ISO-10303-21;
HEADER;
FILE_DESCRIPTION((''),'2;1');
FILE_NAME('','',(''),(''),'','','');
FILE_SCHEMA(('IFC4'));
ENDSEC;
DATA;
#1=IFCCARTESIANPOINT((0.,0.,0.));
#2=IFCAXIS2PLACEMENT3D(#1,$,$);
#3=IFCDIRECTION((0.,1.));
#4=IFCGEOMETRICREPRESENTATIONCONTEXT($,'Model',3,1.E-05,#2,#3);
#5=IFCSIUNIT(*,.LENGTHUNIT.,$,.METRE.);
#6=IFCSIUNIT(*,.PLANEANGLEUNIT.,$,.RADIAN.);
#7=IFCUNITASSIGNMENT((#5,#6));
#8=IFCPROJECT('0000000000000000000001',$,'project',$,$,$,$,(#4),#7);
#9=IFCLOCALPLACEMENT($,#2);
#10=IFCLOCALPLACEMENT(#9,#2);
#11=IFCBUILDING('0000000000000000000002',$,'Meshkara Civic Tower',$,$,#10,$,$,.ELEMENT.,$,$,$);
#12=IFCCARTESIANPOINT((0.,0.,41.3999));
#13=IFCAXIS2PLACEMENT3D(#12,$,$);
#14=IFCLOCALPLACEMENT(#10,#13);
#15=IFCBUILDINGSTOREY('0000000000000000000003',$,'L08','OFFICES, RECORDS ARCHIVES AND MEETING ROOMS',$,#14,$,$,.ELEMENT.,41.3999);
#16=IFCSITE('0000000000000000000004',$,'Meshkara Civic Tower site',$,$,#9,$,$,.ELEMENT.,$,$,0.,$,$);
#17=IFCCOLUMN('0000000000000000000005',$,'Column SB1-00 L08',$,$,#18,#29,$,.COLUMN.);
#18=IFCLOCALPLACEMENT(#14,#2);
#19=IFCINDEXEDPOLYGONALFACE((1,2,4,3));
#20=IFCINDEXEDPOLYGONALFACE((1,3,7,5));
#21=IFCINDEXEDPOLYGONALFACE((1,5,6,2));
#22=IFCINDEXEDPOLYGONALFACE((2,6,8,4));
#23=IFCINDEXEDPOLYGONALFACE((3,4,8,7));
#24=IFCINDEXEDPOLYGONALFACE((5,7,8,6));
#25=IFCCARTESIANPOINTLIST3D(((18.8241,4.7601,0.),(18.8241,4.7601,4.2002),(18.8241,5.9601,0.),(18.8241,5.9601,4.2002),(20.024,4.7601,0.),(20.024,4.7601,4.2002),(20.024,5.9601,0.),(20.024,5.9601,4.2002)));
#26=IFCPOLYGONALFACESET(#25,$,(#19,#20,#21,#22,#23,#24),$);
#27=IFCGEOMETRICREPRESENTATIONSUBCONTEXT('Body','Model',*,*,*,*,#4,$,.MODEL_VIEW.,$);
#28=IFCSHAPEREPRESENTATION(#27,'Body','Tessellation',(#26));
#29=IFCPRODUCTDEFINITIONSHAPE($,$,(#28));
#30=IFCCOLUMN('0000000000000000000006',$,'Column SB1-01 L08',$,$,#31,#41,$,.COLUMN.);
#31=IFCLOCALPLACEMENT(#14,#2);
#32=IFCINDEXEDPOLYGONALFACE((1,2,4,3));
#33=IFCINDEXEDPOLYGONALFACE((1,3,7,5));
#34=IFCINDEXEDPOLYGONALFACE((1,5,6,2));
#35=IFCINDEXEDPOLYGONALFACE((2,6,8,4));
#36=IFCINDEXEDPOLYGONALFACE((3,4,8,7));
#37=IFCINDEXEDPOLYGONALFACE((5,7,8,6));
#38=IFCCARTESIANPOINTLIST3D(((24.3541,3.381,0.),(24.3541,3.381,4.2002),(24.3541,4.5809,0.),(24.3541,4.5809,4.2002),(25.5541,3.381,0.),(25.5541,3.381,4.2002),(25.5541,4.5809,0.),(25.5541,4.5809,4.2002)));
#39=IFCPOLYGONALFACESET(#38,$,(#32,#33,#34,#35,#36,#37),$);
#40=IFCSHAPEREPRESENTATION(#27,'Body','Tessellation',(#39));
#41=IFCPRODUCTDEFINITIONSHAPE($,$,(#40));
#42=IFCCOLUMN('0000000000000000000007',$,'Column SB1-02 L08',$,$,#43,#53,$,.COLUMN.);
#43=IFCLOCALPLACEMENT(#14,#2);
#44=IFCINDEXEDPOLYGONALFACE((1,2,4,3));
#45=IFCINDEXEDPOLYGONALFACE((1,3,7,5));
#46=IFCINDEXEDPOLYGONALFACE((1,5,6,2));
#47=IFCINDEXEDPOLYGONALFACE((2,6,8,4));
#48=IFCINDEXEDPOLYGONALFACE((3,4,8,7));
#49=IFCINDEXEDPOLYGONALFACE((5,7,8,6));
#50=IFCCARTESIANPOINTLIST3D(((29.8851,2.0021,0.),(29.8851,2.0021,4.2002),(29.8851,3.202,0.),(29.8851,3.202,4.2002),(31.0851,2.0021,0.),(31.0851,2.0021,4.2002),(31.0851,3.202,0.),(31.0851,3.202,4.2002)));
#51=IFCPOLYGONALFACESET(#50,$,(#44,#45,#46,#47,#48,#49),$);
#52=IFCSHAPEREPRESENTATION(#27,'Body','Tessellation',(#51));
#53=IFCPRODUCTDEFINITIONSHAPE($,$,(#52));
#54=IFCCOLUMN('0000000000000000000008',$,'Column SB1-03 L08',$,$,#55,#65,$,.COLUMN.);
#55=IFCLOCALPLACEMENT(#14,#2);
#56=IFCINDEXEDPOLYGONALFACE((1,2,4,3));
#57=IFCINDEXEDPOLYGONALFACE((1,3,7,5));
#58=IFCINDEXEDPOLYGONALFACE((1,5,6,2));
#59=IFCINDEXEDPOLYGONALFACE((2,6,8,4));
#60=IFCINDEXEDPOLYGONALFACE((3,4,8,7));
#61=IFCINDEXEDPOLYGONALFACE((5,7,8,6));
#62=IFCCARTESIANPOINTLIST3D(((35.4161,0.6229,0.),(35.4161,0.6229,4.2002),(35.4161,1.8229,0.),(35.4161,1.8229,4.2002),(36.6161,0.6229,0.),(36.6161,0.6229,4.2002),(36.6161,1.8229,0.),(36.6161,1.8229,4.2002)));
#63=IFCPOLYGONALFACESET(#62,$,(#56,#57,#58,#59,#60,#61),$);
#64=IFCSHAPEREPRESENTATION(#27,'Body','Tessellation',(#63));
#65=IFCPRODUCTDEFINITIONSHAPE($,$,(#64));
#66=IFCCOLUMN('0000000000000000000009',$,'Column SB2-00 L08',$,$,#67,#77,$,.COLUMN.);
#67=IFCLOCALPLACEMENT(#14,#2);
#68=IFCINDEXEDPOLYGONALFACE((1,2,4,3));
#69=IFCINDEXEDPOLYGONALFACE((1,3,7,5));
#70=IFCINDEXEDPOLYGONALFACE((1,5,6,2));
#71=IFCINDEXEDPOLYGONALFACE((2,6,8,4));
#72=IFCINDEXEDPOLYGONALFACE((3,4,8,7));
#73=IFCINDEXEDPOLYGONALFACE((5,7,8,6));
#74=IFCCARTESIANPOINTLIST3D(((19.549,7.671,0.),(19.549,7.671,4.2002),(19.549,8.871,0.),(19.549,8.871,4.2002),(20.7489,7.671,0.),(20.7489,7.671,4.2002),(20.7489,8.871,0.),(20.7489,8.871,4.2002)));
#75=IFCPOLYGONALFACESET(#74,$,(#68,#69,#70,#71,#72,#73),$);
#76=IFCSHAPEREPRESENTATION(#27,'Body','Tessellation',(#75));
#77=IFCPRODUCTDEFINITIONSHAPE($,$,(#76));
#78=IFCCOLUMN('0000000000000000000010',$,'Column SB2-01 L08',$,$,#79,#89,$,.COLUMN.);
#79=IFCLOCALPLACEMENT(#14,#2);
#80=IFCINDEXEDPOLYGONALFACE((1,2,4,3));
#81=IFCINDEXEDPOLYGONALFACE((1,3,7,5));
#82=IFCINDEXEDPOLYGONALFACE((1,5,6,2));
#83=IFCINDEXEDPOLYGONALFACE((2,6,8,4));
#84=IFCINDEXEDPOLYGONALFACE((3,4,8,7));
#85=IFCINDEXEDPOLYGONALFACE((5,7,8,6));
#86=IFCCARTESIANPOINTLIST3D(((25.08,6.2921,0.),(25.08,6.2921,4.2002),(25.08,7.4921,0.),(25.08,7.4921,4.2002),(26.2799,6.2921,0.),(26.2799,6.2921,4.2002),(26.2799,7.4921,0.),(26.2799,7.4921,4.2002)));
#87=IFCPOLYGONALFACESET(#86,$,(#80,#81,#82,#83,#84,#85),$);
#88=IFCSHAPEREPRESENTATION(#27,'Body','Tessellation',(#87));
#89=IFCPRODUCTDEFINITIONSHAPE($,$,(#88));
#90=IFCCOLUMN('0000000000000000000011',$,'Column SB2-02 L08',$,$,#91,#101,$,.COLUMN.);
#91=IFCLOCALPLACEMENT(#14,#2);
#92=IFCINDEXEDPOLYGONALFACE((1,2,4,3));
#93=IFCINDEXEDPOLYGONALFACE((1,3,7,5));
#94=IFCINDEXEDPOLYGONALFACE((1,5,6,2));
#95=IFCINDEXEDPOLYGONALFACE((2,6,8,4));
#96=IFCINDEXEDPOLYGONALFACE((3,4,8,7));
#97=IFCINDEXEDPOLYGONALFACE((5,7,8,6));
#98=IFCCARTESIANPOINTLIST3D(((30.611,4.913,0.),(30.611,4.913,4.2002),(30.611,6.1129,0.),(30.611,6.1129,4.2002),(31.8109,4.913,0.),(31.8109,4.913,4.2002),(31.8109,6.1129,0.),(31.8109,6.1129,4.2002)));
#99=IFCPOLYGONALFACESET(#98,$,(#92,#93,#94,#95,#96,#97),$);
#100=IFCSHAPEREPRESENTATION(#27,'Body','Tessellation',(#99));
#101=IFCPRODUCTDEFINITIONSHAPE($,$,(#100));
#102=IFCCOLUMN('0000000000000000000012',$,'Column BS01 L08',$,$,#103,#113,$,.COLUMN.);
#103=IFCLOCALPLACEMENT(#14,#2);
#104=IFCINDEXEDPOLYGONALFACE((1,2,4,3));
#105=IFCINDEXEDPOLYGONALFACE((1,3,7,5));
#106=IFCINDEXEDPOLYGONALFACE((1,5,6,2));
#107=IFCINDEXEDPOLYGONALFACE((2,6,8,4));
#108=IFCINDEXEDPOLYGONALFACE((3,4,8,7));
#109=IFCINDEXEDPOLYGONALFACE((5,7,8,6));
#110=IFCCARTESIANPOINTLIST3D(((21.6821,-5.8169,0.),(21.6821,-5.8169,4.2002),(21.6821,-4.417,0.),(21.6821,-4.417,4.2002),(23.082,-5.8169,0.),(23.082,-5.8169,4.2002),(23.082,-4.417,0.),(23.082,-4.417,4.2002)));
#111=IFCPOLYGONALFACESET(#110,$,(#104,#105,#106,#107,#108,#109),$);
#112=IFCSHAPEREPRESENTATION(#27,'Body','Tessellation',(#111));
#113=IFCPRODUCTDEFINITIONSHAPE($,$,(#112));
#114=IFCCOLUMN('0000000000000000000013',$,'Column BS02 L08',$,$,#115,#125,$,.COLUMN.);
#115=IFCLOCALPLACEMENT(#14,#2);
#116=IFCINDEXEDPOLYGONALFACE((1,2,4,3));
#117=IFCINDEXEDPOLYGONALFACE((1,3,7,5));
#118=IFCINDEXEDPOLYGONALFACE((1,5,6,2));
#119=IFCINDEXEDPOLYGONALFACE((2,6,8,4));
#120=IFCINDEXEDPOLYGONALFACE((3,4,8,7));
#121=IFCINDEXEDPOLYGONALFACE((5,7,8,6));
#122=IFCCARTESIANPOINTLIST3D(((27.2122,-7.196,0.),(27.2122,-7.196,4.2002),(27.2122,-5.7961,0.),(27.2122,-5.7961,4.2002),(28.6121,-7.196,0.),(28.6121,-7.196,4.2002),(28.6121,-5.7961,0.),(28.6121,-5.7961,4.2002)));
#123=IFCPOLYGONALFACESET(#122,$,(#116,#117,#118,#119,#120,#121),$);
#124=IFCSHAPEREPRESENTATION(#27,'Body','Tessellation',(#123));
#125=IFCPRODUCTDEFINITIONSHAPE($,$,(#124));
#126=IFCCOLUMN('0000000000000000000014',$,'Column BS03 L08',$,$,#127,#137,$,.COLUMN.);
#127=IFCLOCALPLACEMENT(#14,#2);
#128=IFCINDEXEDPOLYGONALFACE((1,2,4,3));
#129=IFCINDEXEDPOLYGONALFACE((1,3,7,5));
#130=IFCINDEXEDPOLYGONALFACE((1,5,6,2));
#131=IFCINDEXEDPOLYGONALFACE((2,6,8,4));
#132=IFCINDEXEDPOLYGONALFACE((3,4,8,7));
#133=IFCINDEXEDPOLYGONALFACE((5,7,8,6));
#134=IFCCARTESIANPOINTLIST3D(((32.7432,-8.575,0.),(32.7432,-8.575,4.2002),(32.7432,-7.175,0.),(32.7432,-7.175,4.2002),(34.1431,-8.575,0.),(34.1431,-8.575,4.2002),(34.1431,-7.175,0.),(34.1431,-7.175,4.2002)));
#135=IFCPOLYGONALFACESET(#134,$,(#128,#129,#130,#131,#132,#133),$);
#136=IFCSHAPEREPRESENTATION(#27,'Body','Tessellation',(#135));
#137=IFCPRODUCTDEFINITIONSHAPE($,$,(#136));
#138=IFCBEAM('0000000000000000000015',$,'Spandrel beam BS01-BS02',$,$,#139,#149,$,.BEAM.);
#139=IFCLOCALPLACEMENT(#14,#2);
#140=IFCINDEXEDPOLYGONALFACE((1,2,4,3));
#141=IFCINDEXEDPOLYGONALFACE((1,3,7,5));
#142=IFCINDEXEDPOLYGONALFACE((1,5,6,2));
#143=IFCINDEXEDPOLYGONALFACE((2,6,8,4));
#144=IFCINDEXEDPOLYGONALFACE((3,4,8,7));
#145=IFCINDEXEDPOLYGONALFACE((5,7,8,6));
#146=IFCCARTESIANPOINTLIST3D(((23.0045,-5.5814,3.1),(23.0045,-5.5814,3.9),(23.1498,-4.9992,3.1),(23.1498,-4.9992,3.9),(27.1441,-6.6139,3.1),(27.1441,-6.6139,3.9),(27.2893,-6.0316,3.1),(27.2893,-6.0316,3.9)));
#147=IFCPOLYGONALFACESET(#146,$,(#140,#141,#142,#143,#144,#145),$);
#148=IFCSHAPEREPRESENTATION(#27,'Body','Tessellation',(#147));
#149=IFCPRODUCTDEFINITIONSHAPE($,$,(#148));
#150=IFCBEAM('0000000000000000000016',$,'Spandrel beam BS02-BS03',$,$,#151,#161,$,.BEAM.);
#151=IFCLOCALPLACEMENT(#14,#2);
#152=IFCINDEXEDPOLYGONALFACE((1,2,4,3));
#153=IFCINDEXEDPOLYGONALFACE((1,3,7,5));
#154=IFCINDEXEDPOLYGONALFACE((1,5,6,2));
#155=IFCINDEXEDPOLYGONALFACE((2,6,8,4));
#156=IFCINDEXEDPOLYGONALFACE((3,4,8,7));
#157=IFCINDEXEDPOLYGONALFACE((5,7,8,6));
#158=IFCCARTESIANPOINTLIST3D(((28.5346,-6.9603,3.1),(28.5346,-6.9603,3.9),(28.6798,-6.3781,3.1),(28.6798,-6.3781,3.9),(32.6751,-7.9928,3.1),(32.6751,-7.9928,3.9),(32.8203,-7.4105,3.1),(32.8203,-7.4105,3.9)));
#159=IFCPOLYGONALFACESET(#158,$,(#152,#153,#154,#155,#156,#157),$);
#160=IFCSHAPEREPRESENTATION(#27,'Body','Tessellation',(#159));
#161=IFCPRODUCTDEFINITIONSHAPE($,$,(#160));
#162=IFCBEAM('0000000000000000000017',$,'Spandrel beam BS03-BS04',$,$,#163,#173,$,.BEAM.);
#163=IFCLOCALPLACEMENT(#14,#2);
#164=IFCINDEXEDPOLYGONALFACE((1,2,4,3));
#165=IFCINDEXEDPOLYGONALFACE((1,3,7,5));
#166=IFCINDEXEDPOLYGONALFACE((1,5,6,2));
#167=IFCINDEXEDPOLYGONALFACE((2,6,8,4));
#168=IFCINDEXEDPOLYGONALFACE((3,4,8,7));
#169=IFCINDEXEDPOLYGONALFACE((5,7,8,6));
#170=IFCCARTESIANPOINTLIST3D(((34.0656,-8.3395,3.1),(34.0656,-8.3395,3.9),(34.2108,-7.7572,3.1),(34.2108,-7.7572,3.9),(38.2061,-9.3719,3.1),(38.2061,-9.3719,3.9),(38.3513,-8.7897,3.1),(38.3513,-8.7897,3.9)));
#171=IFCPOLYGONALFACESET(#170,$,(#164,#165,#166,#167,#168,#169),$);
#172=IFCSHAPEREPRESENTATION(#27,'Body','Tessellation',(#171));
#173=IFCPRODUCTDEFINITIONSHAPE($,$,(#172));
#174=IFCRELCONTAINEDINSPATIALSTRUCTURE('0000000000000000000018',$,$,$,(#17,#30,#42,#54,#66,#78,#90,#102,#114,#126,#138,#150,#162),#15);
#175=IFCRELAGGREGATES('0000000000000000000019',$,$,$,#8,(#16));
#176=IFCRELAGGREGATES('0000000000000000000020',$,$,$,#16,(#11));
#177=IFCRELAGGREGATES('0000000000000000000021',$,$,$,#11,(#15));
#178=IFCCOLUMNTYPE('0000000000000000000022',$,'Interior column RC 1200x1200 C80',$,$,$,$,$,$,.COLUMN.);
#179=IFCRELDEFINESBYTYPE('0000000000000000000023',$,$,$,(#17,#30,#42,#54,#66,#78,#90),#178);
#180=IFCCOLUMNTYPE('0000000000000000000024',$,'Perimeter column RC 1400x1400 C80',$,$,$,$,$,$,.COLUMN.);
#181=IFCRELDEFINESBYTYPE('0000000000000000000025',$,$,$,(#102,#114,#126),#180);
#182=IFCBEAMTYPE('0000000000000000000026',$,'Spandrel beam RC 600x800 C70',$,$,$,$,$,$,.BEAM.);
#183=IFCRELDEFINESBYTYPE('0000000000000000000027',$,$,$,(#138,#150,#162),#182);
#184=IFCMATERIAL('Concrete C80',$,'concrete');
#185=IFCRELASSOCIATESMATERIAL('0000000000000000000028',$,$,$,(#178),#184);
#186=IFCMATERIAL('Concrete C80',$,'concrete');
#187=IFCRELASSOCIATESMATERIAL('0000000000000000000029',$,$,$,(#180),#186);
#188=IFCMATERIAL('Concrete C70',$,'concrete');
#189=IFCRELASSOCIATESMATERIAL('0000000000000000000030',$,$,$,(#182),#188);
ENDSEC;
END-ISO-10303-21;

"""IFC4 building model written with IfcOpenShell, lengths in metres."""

from ifc_helpers import new_model, si_unit, direction, frame, origin, origin_2d, place, context, subcontext, project, spatial, rectangle, extrude, material, material_profile, profile_set, type_object, element, save


model = new_model("IFC4")

# Units and contexts
model_context = context("Model", 3, precision=1e-05, world=origin(), true_north=direction((0.0, 1.0)))
body_context = subcontext(model_context, "Body", "Model", "MODEL_VIEW")
ifc_project = project(units=[si_unit("LENGTHUNIT", "METRE"), si_unit("PLANEANGLEUNIT", "RADIAN")], contexts=[model_context])

# Site, building, storey
site_placement = place(None, origin())
site = spatial("IfcSite", under=ifc_project, at=site_placement, Name="Meshkara Civic Tower site", CompositionType="ELEMENT", RefElevation=0.0)
building_placement = place(site_placement, origin())
building = spatial("IfcBuilding", under=site, at=building_placement, Name="Meshkara Civic Tower", CompositionType="ELEMENT")
storey_placement = place(building_placement, frame((0.0, 0.0, 41.3999)))
storey = spatial("IfcBuildingStorey", under=building, at=storey_placement, Name="L08", Description="OFFICES, RECORDS ARCHIVES AND MEETING ROOMS", CompositionType="ELEMENT", Elevation=41.3999)

# Columns
ifc_material_1 = material(Name="Concrete C80", Category="concrete")
ifc_material_profile_1 = material_profile(ifc_material_1, rectangle(XDim=1.2, YDim=1.2, at=origin_2d()))
ifc_profile_set_1 = profile_set([ifc_material_profile_1], Name="Concrete C80")
column_type_1 = type_object("IfcColumnType", Name="Interior column RC 1200x1200 C80", PredefinedType="COLUMN", material=ifc_profile_set_1)
for number, where, z_axis, x_axis, name in (
    (1, (19.4241, 5.3601, 0.0), (0.0, 0.0, 1.0), (1.0, 0.0, 0.0), "Column SB1-00 L08"),
    (2, (24.9541, 3.981, 0.0), (0.0, 0.0, 1.0), (1.0, 0.0, 0.0), "Column SB1-01 L08"),
    (3, (30.4851, 2.6021, 0.0), (0.0, 0.0, 1.0), (1.0, 0.0, 0.0), "Column SB1-02 L08"),
    (4, (36.0161, 1.2229, 0.0), (0.0, 0.0, 1.0), (1.0, 0.0, 0.0), "Column SB1-03 L08"),
    (5, (20.1489, 8.271, 0.0), (0.0, 0.0, 1.0), (1.0, 0.0, 0.0), "Column SB2-00 L08"),
    (6, (25.6799, 6.8921, 0.0), (0.0, 0.0, 1.0), (1.0, 0.0, 0.0), "Column SB2-01 L08"),
    (7, (31.2109, 5.5129, 0.0), (0.0, 0.0, 1.0), (1.0, 0.0, 0.0), "Column SB2-02 L08"),
):
    element("IfcColumn", number, at=place(storey_placement, frame(where, z_axis=z_axis, x_axis=x_axis)), inside=storey, type_object=column_type_1, Name=name, PredefinedType="COLUMN", context=body_context, shape_type="SweptSolid", body=[
        extrude(rectangle(XDim=1.2, YDim=1.2, at=origin_2d()), origin(), (0.0, 0.0, 1.0), 4.2002),
    ])
ifc_material_2 = material(Name="Concrete C80", Category="concrete")
ifc_material_profile_2 = material_profile(ifc_material_2, rectangle(XDim=1.3999, YDim=1.3999, at=origin_2d()))
ifc_profile_set_2 = profile_set([ifc_material_profile_2], Name="Concrete C80")
column_type_2 = type_object("IfcColumnType", Name="Perimeter column RC 1400x1400 C80", PredefinedType="COLUMN", material=ifc_profile_set_2)
for number, where, z_axis, x_axis, name in (
    (8, (22.3821, -5.1169, 0.0), (0.0, 0.0, 1.0), (1.0, 0.0, 0.0), "Column BS01 L08"),
    (9, (27.9121, -6.4961, 0.0), (0.0, 0.0, 1.0), (1.0, 0.0, 0.0), "Column BS02 L08"),
    (10, (33.4431, -7.875, 0.0), (0.0, 0.0, 1.0), (1.0, 0.0, 0.0), "Column BS03 L08"),
):
    element("IfcColumn", number, at=place(storey_placement, frame(where, z_axis=z_axis, x_axis=x_axis)), inside=storey, type_object=column_type_2, Name=name, PredefinedType="COLUMN", context=body_context, shape_type="SweptSolid", body=[
        extrude(rectangle(XDim=1.3999, YDim=1.3999, at=origin_2d()), origin(), (0.0, 0.0, 1.0), 4.2002),
    ])

# Beams
ifc_material_3 = material(Name="Concrete C70", Category="concrete")
ifc_material_profile_3 = material_profile(ifc_material_3, rectangle(XDim=0.6001, YDim=0.8, at=origin_2d()))
ifc_profile_set_3 = profile_set([ifc_material_profile_3], Name="Concrete C70")
beam_type = type_object("IfcBeamType", Name="Spandrel beam RC 600x800 C70", PredefinedType="BEAM", material=ifc_profile_set_3)
beam_placement = place(storey_placement, frame((23.0771, -5.2903, 3.5), z_axis=(0.970277, -0.241997, 0.0), x_axis=(0.241997, 0.970277, 0.0)))
element("IfcBeam", 11, at=beam_placement, inside=storey, type_object=beam_type, Name="Spandrel beam BS01-BS02", PredefinedType="BEAM", context=body_context, shape_type="SweptSolid", body=[
    extrude(rectangle(XDim=0.6001, YDim=0.8, at=origin_2d()), origin(), (0.0, 0.0, 1.0), 4.2664),
])
for number, where, z_axis, x_axis, name in (
    (12, (28.6072, -6.6692, 3.5), (0.97029, -0.241943, 0.0), (0.241943, 0.97029, 0.0), "Spandrel beam BS02-BS03"),
    (13, (34.1382, -8.0483, 3.5), (0.97029, -0.241943, 0.0), (0.241943, 0.97029, 0.0), "Spandrel beam BS03-BS04"),
):
    element("IfcBeam", number, at=place(storey_placement, frame(where, z_axis=z_axis, x_axis=x_axis)), inside=storey, type_object=beam_type, Name=name, PredefinedType="BEAM", context=body_context, shape_type="SweptSolid", body=[
        extrude(rectangle(XDim=0.6001, YDim=0.8, at=origin_2d()), origin(), (0.0, 0.0, 1.0), 4.2673),
    ])

save(model, "model.ifc")
